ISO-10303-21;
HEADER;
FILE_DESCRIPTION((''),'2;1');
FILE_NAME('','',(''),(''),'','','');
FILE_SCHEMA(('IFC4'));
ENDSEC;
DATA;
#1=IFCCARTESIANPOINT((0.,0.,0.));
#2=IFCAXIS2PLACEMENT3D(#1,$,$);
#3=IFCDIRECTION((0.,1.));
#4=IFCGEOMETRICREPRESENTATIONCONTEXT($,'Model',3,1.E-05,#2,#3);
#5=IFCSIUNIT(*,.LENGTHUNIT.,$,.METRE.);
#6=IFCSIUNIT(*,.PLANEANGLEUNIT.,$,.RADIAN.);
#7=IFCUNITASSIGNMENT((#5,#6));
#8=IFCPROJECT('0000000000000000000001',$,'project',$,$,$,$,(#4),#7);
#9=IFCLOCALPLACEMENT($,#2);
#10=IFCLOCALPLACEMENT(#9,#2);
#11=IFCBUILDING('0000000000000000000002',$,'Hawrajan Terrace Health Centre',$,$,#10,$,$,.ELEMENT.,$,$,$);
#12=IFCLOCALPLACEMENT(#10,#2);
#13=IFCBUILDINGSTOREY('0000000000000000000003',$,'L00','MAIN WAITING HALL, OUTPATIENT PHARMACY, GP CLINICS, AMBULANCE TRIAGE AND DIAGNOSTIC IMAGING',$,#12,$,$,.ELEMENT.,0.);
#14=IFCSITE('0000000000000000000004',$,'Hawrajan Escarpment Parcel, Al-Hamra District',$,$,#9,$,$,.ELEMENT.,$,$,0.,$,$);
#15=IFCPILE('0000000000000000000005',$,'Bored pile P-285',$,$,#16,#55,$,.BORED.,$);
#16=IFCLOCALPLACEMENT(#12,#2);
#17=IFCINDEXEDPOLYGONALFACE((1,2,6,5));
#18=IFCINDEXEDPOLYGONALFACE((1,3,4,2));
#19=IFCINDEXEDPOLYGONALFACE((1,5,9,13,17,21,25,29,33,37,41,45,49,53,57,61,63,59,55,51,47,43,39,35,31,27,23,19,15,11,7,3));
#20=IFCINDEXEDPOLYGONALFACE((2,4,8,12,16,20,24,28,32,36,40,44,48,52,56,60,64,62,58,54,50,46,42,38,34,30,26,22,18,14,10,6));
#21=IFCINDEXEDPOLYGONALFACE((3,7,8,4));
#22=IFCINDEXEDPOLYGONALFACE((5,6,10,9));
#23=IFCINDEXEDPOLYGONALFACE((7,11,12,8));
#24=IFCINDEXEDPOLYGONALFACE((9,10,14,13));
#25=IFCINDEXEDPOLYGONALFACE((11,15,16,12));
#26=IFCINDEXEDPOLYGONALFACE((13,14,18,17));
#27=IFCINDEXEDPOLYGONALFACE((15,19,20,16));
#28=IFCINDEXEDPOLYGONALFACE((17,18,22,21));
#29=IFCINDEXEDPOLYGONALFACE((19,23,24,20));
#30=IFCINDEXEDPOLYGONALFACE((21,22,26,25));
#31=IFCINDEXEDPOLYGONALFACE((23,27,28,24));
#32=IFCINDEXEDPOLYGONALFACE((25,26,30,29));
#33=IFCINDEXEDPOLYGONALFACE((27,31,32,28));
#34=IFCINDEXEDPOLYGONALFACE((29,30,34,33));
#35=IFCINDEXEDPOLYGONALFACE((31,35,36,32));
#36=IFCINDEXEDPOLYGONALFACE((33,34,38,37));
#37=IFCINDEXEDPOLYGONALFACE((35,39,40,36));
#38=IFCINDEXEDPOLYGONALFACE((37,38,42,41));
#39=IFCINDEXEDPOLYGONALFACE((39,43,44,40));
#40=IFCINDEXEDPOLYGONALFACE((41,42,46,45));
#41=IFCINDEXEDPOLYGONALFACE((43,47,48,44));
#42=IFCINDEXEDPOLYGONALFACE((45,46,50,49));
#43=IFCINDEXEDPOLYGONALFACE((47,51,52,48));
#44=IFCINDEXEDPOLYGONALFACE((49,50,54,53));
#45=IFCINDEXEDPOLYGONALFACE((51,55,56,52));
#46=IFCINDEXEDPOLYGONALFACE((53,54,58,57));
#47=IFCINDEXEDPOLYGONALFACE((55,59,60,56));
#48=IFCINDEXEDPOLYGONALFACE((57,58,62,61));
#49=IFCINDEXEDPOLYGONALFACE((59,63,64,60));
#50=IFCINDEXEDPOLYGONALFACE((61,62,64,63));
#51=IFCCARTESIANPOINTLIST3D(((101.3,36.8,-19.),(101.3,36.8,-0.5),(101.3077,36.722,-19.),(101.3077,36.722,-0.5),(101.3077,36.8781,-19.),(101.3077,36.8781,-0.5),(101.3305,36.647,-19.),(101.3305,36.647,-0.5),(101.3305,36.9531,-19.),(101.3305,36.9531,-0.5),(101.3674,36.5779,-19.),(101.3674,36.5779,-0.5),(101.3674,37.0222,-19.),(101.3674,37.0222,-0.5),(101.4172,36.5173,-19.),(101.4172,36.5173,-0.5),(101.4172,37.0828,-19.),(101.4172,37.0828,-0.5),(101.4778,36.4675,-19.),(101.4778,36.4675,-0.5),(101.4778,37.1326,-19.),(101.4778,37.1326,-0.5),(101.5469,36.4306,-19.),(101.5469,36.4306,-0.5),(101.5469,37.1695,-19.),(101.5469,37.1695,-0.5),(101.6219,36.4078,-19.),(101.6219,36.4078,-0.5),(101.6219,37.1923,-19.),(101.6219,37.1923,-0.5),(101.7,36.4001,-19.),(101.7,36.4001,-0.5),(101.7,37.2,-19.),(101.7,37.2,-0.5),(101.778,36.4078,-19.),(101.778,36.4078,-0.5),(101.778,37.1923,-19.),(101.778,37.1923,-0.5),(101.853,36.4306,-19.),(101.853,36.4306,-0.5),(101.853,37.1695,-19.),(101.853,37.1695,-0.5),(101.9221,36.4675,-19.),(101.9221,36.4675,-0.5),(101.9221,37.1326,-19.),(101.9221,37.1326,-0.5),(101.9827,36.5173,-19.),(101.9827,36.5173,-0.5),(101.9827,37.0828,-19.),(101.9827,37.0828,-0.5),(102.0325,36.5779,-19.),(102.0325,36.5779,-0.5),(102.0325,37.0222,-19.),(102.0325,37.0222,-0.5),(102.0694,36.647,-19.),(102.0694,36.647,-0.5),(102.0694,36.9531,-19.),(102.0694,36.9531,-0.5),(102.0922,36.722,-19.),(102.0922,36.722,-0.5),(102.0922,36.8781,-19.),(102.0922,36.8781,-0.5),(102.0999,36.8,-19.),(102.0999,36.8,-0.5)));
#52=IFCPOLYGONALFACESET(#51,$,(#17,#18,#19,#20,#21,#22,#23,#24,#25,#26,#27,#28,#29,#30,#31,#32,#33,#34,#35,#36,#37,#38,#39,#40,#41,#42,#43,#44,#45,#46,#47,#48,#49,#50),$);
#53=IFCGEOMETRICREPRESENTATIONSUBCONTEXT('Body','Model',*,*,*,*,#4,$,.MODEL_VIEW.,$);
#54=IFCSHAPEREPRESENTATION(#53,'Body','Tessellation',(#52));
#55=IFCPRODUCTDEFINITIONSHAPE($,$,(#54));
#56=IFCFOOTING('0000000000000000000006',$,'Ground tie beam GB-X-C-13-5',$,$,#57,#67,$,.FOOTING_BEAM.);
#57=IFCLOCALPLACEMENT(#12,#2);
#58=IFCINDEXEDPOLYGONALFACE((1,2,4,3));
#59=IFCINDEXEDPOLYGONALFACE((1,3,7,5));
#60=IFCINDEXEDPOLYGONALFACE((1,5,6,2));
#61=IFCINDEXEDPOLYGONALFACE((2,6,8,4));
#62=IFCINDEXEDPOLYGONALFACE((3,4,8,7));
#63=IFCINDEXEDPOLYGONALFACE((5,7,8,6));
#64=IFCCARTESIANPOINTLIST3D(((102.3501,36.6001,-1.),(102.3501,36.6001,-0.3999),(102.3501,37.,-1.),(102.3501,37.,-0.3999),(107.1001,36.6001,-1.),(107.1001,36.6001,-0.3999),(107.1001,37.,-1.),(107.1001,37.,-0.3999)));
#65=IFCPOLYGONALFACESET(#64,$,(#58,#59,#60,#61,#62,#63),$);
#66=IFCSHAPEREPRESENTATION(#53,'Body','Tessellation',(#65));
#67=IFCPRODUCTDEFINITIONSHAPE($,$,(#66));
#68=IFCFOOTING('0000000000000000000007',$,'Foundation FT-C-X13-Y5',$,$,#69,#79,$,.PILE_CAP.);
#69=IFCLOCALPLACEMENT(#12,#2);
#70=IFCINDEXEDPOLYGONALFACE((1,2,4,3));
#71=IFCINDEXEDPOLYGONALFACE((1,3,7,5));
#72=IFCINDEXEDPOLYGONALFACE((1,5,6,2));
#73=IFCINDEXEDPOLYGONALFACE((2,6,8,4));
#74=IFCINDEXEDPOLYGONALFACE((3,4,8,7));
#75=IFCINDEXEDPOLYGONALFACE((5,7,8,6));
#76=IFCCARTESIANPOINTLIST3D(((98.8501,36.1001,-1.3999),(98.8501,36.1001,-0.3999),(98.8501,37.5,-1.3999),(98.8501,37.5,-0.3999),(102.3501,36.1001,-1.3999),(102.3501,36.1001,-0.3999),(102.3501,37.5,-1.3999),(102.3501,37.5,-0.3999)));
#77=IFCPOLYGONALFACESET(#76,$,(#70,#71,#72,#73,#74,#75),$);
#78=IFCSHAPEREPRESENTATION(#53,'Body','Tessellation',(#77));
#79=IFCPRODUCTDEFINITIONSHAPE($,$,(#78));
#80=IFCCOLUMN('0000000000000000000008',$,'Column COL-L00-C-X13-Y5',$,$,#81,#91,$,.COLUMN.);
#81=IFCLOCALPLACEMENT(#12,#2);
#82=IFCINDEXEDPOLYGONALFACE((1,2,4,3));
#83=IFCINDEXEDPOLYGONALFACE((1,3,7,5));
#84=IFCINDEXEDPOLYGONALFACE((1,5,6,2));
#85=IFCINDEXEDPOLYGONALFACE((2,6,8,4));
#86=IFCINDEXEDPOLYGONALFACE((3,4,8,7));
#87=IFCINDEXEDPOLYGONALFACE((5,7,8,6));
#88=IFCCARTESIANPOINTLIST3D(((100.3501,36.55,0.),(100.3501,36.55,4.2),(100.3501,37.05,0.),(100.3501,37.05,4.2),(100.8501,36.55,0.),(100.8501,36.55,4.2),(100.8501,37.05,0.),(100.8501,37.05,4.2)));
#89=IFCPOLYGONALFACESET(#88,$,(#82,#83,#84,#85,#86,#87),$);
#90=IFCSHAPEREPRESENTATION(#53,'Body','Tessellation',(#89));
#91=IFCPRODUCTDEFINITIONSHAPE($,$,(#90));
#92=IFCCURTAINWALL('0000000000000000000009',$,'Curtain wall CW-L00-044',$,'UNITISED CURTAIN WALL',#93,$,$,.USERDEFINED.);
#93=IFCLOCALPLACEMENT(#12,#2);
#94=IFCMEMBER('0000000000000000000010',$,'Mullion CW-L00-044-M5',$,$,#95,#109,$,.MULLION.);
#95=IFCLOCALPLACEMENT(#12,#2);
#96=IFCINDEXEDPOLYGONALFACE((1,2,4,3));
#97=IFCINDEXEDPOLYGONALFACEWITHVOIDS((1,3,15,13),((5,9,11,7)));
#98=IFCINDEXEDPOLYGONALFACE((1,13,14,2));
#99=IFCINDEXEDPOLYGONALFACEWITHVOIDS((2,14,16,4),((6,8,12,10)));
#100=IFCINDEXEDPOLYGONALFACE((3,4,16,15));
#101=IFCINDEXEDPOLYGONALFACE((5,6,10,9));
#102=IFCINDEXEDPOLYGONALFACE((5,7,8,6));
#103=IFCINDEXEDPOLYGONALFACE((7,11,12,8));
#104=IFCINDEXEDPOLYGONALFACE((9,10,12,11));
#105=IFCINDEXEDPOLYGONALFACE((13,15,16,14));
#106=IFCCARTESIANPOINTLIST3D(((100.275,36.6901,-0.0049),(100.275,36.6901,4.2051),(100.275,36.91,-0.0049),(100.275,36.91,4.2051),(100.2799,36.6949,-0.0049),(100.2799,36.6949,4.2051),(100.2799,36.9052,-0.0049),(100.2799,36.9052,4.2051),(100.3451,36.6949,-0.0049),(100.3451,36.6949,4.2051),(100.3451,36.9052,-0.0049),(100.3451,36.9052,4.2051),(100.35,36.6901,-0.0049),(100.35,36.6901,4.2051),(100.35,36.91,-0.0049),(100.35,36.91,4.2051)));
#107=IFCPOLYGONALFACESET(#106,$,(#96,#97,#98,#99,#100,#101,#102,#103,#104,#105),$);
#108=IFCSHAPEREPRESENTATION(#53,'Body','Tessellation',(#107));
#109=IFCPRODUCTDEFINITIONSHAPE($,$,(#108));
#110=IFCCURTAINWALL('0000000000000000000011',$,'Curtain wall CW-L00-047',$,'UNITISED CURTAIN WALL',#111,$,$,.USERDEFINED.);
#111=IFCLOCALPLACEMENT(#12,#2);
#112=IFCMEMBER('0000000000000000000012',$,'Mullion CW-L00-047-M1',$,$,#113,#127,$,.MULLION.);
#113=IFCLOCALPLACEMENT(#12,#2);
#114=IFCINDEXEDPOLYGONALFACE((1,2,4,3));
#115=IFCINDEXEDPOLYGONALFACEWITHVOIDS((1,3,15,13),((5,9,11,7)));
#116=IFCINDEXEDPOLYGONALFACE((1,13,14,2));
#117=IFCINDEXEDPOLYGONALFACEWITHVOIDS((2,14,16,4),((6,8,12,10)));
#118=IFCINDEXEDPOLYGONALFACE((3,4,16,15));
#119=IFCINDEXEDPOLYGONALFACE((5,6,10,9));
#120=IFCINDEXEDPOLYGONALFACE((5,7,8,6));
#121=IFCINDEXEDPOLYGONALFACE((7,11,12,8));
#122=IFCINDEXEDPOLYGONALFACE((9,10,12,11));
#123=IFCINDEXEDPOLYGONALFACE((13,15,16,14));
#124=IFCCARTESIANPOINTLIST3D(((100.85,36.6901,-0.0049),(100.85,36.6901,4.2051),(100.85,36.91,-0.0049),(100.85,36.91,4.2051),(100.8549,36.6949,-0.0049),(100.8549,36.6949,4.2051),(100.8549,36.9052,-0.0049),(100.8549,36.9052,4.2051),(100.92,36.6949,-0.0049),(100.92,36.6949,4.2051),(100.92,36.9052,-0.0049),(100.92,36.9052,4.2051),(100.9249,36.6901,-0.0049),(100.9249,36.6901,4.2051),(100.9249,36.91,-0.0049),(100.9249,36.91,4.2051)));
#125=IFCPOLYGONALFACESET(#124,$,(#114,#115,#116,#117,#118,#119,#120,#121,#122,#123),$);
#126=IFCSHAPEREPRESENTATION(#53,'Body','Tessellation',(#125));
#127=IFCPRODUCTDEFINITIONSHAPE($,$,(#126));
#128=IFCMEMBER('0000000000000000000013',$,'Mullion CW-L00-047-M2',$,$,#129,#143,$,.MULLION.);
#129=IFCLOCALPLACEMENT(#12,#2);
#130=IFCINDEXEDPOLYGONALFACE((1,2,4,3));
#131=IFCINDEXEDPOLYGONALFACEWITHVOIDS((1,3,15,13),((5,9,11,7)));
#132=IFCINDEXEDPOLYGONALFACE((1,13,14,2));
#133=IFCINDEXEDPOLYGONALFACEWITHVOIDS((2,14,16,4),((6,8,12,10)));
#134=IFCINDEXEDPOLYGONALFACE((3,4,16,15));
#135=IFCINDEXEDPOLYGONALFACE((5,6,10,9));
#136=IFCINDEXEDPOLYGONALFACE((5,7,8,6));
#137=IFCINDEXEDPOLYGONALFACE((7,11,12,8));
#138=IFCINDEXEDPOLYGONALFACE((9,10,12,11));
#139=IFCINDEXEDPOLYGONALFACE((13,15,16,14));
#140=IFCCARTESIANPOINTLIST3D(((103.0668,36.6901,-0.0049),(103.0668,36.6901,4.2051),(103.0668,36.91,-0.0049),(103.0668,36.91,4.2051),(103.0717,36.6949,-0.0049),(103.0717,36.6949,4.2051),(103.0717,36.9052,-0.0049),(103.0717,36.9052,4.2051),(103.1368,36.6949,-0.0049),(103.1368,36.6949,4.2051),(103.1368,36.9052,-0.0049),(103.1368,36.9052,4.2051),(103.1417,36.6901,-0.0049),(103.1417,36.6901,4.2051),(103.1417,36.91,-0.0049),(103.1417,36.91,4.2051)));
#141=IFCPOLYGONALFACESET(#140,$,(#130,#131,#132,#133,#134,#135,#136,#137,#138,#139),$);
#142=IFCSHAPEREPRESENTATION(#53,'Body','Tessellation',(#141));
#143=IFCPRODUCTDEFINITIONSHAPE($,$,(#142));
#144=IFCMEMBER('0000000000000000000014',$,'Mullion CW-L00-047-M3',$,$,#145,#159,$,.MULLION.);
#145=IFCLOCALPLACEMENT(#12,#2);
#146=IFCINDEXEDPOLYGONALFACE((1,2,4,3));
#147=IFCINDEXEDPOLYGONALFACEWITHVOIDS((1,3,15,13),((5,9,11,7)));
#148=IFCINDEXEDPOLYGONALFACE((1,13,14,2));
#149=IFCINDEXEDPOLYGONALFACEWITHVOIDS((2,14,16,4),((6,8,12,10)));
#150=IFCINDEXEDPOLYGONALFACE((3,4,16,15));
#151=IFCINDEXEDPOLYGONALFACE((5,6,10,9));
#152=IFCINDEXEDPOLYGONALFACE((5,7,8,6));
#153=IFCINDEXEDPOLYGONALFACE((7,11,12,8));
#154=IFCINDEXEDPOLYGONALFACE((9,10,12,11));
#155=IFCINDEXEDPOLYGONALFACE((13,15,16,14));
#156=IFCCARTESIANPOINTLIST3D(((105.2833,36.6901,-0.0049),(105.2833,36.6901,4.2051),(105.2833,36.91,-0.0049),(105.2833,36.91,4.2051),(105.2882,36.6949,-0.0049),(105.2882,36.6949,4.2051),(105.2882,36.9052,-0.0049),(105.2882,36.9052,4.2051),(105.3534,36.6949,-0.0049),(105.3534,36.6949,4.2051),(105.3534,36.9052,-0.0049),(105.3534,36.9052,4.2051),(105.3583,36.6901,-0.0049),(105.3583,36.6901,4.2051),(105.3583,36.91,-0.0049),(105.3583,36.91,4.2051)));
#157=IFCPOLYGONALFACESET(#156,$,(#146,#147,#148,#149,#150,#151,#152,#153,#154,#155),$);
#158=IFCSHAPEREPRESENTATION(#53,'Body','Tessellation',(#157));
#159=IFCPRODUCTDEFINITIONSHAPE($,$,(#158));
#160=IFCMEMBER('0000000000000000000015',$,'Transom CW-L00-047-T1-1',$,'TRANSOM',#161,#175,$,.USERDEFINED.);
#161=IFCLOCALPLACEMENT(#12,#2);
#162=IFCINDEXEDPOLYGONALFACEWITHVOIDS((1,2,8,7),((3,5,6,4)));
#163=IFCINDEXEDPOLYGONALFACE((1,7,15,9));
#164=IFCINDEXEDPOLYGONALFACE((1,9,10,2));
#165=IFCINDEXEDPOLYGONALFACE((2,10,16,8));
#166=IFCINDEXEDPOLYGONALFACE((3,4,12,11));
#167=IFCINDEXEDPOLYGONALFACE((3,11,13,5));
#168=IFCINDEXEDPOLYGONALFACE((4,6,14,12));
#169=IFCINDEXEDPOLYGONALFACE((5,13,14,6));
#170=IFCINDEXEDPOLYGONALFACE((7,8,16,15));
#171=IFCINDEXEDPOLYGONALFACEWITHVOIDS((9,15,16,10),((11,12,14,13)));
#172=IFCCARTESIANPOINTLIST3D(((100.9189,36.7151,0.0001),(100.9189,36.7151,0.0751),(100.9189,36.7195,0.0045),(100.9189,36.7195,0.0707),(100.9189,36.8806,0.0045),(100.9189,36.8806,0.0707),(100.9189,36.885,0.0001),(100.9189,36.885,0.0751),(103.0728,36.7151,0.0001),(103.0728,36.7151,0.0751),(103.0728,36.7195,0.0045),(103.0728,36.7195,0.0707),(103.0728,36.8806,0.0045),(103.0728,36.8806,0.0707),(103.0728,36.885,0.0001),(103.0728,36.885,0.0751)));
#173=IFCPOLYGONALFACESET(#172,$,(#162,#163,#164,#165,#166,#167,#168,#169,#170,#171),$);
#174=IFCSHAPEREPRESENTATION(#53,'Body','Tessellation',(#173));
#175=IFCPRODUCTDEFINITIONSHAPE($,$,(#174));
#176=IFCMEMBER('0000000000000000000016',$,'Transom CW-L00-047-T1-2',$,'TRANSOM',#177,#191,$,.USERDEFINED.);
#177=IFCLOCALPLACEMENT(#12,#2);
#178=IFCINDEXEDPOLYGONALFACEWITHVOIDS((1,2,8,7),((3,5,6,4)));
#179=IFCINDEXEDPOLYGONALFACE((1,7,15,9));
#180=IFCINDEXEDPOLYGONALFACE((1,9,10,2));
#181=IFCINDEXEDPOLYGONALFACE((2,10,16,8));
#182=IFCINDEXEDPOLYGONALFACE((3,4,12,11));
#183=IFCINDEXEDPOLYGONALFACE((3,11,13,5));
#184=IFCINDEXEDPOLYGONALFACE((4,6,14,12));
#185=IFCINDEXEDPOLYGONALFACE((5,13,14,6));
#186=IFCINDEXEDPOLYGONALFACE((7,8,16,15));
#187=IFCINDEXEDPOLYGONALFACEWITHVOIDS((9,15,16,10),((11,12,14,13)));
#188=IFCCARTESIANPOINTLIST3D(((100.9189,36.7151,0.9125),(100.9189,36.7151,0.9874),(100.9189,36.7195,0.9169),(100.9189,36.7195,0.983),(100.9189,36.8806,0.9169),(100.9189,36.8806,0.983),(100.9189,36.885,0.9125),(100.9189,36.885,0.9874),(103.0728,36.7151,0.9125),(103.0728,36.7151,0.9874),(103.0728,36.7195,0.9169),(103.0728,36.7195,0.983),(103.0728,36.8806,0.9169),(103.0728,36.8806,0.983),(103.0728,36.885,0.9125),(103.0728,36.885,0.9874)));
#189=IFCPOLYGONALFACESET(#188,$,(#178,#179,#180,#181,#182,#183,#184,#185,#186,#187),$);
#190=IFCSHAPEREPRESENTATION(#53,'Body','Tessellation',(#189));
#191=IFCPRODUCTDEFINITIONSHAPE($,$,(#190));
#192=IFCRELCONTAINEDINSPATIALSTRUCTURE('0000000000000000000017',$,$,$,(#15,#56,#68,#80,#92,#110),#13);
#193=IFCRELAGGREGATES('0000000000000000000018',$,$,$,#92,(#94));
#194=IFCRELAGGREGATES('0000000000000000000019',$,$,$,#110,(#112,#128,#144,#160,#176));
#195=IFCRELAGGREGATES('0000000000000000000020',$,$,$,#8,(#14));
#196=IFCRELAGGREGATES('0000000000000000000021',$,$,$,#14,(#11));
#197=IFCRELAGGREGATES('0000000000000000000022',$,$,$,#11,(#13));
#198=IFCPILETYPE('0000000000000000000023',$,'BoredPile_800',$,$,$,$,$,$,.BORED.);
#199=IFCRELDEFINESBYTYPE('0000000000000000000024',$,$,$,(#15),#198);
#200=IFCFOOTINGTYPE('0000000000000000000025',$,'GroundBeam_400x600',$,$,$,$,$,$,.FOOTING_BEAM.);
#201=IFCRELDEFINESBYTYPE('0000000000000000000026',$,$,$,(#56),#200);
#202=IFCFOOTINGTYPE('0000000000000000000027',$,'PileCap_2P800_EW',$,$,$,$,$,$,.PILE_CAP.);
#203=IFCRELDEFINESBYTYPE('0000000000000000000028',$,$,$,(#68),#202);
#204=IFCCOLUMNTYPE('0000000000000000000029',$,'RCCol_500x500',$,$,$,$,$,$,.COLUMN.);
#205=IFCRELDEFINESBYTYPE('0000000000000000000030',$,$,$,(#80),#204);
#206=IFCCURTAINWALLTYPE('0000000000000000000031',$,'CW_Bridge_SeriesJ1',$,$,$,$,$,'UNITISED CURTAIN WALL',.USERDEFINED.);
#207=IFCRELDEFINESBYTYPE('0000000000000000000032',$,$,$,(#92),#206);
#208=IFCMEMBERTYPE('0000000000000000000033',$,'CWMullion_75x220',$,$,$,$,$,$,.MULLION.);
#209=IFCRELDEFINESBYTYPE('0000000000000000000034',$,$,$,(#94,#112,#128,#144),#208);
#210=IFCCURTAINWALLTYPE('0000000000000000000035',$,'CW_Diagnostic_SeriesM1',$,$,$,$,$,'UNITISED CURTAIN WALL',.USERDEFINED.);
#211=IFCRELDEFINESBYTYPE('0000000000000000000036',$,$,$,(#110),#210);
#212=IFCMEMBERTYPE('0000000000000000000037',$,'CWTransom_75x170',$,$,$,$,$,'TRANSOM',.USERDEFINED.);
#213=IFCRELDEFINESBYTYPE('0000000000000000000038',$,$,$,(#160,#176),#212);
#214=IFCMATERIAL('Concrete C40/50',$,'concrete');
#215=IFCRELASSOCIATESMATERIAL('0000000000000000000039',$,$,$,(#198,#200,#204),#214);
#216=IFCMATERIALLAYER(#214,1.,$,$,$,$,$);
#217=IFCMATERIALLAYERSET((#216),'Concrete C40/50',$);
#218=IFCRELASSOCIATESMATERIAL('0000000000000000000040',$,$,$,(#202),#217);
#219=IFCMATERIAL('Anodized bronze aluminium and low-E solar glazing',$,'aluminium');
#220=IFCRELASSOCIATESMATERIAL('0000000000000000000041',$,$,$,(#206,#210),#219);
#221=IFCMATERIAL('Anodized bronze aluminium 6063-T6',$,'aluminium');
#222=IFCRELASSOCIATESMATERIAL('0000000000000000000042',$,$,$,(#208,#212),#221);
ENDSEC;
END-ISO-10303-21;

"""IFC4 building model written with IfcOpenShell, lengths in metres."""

from ifc_helpers import new_model, si_unit, direction, frame, origin, origin_2d, place, context, subcontext, project, spatial, rectangle, hollow_rectangle, circle, extrude, material, layer, layer_set, material_profile, profile_set, type_object, element, aggregate, save


model = new_model("IFC4")

# Units and contexts
model_context = context("Model", 3, precision=1e-05, world=origin(), true_north=direction((0.0, 1.0)))
body_context = subcontext(model_context, "Body", "Model", "MODEL_VIEW")
ifc_project = project(units=[si_unit("LENGTHUNIT", "METRE"), si_unit("PLANEANGLEUNIT", "RADIAN")], contexts=[model_context])

# Site, building, storey
site_placement = place(None, origin())
site = spatial("IfcSite", under=ifc_project, at=site_placement, Name="Hawrajan Escarpment Parcel, Al-Hamra District", CompositionType="ELEMENT", RefElevation=0.0)
building_placement = place(site_placement, origin())
building = spatial("IfcBuilding", under=site, at=building_placement, Name="Hawrajan Terrace Health Centre", CompositionType="ELEMENT")
storey_placement = place(building_placement, origin())
storey = spatial("IfcBuildingStorey", under=building, at=storey_placement, Name="L00", Description="MAIN WAITING HALL, OUTPATIENT PHARMACY, GP CLINICS, AMBULANCE TRIAGE AND DIAGNOSTIC IMAGING", CompositionType="ELEMENT", Elevation=0.0)

# Pile
ifc_material_1 = material(Name="Concrete C40/50", Category="concrete")
ifc_material_profile_1 = material_profile(ifc_material_1, circle(Radius=0.3999, at=origin_2d()), Name="BP 800")
ifc_profile_set_1 = profile_set([ifc_material_profile_1], Name="Concrete C40/50")
pile_type = type_object("IfcPileType", Name="BoredPile_800", PredefinedType="BORED", material=ifc_profile_set_1)
pile_placement = place(storey_placement, frame((101.7, 36.8, -0.5), z_axis=(0.0, 0.0, -1.0), x_axis=(1.0, 0.0, 0.0)))
element("IfcPile", 1, at=pile_placement, inside=storey, type_object=pile_type, Name="Bored pile P-285", PredefinedType="BORED", context=body_context, shape_type="SweptSolid", body=[
    extrude(circle(Radius=0.3999, at=origin_2d()), origin(), (0.0, 0.0, 1.0), 18.5),
])

# Footings
ifc_material_profile_2 = material_profile(ifc_material_1, rectangle(XDim=0.3999, YDim=0.6001, at=origin_2d()), Name="RC BM 400x600")
ifc_profile_set_2 = profile_set([ifc_material_profile_2], Name="Concrete C40/50")
footing_type_1 = type_object("IfcFootingType", Name="GroundBeam_400x600", PredefinedType="FOOTING_BEAM", material=ifc_profile_set_2)
footing_1_placement = place(storey_placement, frame((102.3501, 36.8, -0.7), z_axis=(1.0, 0.0, 0.0), x_axis=(0.0, 1.0, 0.0)))
element("IfcFooting", 2, at=footing_1_placement, inside=storey, type_object=footing_type_1, Name="Ground tie beam GB-X-C-13-5", PredefinedType="FOOTING_BEAM", context=body_context, shape_type="SweptSolid", body=[
    extrude(rectangle(XDim=0.3999, YDim=0.6001, at=origin_2d()), origin(), (0.0, 0.0, 1.0), 4.75),
])
ifc_layer_1 = layer(ifc_material_1, 1.0)
ifc_layer_set_1 = layer_set([ifc_layer_1], Name="Concrete C40/50")
footing_type_2 = type_object("IfcFootingType", Name="PileCap_2P800_EW", PredefinedType="PILE_CAP", material=ifc_layer_set_1)
footing_2_placement = place(storey_placement, frame((100.6001, 36.8, -1.3999), z_axis=(0.0, 0.0, 1.0), x_axis=(1.0, 0.0, 0.0)))
element("IfcFooting", 3, at=footing_2_placement, inside=storey, type_object=footing_type_2, Name="Foundation FT-C-X13-Y5", PredefinedType="PILE_CAP", context=body_context, shape_type="SweptSolid", body=[
    extrude(rectangle(XDim=3.5, YDim=1.3999, at=origin_2d()), origin(), (0.0, 0.0, 1.0), 1.0),
])

# Column
ifc_material_profile_3 = material_profile(ifc_material_1, rectangle(XDim=0.5, YDim=0.5, at=origin_2d()), Name="RC 500x500")
ifc_profile_set_3 = profile_set([ifc_material_profile_3], Name="Concrete C40/50")
column_type = type_object("IfcColumnType", Name="RCCol_500x500", PredefinedType="COLUMN", material=ifc_profile_set_3)
column_placement = place(storey_placement, frame((100.6001, 36.8, 0.0), z_axis=(0.0, 0.0, 1.0), x_axis=(1.0, 0.0, 0.0)))
element("IfcColumn", 4, at=column_placement, inside=storey, type_object=column_type, Name="Column COL-L00-C-X13-Y5", PredefinedType="COLUMN", context=body_context, shape_type="SweptSolid", body=[
    extrude(rectangle(XDim=0.5, YDim=0.5, at=origin_2d()), origin(), (0.0, 0.0, 1.0), 4.2),
])

# Curtain wall, member
ifc_material_2 = material(Name="Anodized bronze aluminium and low-E solar glazing", Category="aluminium")
curtain_wall_type_1 = type_object("IfcCurtainWallType", Name="CW_Bridge_SeriesJ1", ElementType="UNITISED CURTAIN WALL", PredefinedType="USERDEFINED", material=ifc_material_2)
curtain_wall_1_placement = place(storey_placement, origin())
curtain_wall_1 = element("IfcCurtainWall", 5, at=curtain_wall_1_placement, inside=storey, type_object=curtain_wall_type_1, Name="Curtain wall CW-L00-044", ObjectType="UNITISED CURTAIN WALL", PredefinedType="USERDEFINED")
ifc_material_3 = material(Name="Anodized bronze aluminium 6063-T6", Category="aluminium")
ifc_material_profile_4 = material_profile(ifc_material_3, hollow_rectangle(XDim=0.075, YDim=0.22, WallThickness=0.0049, at=origin_2d()), Name="CW MUL 75x220")
ifc_profile_set_4 = profile_set([ifc_material_profile_4], Name="Anodized bronze aluminium 6063-T6")
member_type_1 = type_object("IfcMemberType", Name="CWMullion_75x220", PredefinedType="MULLION", material=ifc_profile_set_4)
member_1_placement = place(storey_placement, frame((100.3125, 36.8, -0.0049), z_axis=(0.0, 0.0, 1.0), x_axis=(1.0, 0.0, 0.0)))
member_1 = element("IfcMember", 6, at=member_1_placement, type_object=member_type_1, Name="Mullion CW-L00-044-M5", PredefinedType="MULLION", context=body_context, shape_type="SweptSolid", body=[
    extrude(hollow_rectangle(XDim=0.075, YDim=0.22, WallThickness=0.0049, at=origin_2d()), origin(), (0.0, 0.0, 1.0), 4.21),
])
aggregate(curtain_wall_1, [member_1])

# Curtain wall, members
curtain_wall_type_2 = type_object("IfcCurtainWallType", Name="CW_Diagnostic_SeriesM1", ElementType="UNITISED CURTAIN WALL", PredefinedType="USERDEFINED", material=ifc_material_2)
curtain_wall_2_placement = place(storey_placement, origin())
curtain_wall_2 = element("IfcCurtainWall", 7, at=curtain_wall_2_placement, inside=storey, type_object=curtain_wall_type_2, Name="Curtain wall CW-L00-047", ObjectType="UNITISED CURTAIN WALL", PredefinedType="USERDEFINED")
member_2_placement = place(storey_placement, frame((100.8875, 36.8, -0.0049), z_axis=(0.0, 0.0, 1.0), x_axis=(1.0, 0.0, 0.0)))
member_2 = element("IfcMember", 8, at=member_2_placement, type_object=member_type_1, Name="Mullion CW-L00-047-M1", PredefinedType="MULLION", context=body_context, shape_type="SweptSolid", body=[
    extrude(hollow_rectangle(XDim=0.075, YDim=0.22, WallThickness=0.0049, at=origin_2d()), origin(), (0.0, 0.0, 1.0), 4.21),
])
member_3_placement = place(storey_placement, frame((103.1042, 36.8, -0.0049), z_axis=(0.0, 0.0, 1.0), x_axis=(1.0, 0.0, 0.0)))
member_3 = element("IfcMember", 9, at=member_3_placement, type_object=member_type_1, Name="Mullion CW-L00-047-M2", PredefinedType="MULLION", context=body_context, shape_type="SweptSolid", body=[
    extrude(hollow_rectangle(XDim=0.075, YDim=0.22, WallThickness=0.0049, at=origin_2d()), origin(), (0.0, 0.0, 1.0), 4.21),
])
member_4_placement = place(storey_placement, frame((105.3208, 36.8, -0.0049), z_axis=(0.0, 0.0, 1.0), x_axis=(1.0, 0.0, 0.0)))
member_4 = element("IfcMember", 10, at=member_4_placement, type_object=member_type_1, Name="Mullion CW-L00-047-M3", PredefinedType="MULLION", context=body_context, shape_type="SweptSolid", body=[
    extrude(hollow_rectangle(XDim=0.075, YDim=0.22, WallThickness=0.0049, at=origin_2d()), origin(), (0.0, 0.0, 1.0), 4.21),
])
ifc_material_profile_5 = material_profile(ifc_material_3, hollow_rectangle(XDim=0.075, YDim=0.1699, WallThickness=0.0044, at=origin_2d()), Name="CW TRN 75x170")
ifc_profile_set_5 = profile_set([ifc_material_profile_5], Name="Anodized bronze aluminium 6063-T6")
member_type_2 = type_object("IfcMemberType", Name="CWTransom_75x170", ElementType="TRANSOM", PredefinedType="USERDEFINED", material=ifc_profile_set_5)
member_5_placement = place(storey_placement, frame((100.9189, 36.8, 0.0376), z_axis=(1.0, 0.0, 0.0), x_axis=(0.0, 0.0, 1.0)))
member_5 = element("IfcMember", 11, at=member_5_placement, type_object=member_type_2, Name="Transom CW-L00-047-T1-1", ObjectType="TRANSOM", PredefinedType="USERDEFINED", context=body_context, shape_type="SweptSolid", body=[
    extrude(hollow_rectangle(XDim=0.075, YDim=0.1699, WallThickness=0.0044, at=origin_2d()), origin(), (0.0, 0.0, 1.0), 2.1538),
])
member_6_placement = place(storey_placement, frame((100.9189, 36.8, 0.95), z_axis=(1.0, 0.0, 0.0), x_axis=(0.0, 0.0, 1.0)))
member_6 = element("IfcMember", 12, at=member_6_placement, type_object=member_type_2, Name="Transom CW-L00-047-T1-2", ObjectType="TRANSOM", PredefinedType="USERDEFINED", context=body_context, shape_type="SweptSolid", body=[
    extrude(hollow_rectangle(XDim=0.075, YDim=0.1699, WallThickness=0.0044, at=origin_2d()), origin(), (0.0, 0.0, 1.0), 2.1538),
])
aggregate(curtain_wall_2, [member_2, member_3, member_4, member_5, member_6])

save(model, "model.ifc")
